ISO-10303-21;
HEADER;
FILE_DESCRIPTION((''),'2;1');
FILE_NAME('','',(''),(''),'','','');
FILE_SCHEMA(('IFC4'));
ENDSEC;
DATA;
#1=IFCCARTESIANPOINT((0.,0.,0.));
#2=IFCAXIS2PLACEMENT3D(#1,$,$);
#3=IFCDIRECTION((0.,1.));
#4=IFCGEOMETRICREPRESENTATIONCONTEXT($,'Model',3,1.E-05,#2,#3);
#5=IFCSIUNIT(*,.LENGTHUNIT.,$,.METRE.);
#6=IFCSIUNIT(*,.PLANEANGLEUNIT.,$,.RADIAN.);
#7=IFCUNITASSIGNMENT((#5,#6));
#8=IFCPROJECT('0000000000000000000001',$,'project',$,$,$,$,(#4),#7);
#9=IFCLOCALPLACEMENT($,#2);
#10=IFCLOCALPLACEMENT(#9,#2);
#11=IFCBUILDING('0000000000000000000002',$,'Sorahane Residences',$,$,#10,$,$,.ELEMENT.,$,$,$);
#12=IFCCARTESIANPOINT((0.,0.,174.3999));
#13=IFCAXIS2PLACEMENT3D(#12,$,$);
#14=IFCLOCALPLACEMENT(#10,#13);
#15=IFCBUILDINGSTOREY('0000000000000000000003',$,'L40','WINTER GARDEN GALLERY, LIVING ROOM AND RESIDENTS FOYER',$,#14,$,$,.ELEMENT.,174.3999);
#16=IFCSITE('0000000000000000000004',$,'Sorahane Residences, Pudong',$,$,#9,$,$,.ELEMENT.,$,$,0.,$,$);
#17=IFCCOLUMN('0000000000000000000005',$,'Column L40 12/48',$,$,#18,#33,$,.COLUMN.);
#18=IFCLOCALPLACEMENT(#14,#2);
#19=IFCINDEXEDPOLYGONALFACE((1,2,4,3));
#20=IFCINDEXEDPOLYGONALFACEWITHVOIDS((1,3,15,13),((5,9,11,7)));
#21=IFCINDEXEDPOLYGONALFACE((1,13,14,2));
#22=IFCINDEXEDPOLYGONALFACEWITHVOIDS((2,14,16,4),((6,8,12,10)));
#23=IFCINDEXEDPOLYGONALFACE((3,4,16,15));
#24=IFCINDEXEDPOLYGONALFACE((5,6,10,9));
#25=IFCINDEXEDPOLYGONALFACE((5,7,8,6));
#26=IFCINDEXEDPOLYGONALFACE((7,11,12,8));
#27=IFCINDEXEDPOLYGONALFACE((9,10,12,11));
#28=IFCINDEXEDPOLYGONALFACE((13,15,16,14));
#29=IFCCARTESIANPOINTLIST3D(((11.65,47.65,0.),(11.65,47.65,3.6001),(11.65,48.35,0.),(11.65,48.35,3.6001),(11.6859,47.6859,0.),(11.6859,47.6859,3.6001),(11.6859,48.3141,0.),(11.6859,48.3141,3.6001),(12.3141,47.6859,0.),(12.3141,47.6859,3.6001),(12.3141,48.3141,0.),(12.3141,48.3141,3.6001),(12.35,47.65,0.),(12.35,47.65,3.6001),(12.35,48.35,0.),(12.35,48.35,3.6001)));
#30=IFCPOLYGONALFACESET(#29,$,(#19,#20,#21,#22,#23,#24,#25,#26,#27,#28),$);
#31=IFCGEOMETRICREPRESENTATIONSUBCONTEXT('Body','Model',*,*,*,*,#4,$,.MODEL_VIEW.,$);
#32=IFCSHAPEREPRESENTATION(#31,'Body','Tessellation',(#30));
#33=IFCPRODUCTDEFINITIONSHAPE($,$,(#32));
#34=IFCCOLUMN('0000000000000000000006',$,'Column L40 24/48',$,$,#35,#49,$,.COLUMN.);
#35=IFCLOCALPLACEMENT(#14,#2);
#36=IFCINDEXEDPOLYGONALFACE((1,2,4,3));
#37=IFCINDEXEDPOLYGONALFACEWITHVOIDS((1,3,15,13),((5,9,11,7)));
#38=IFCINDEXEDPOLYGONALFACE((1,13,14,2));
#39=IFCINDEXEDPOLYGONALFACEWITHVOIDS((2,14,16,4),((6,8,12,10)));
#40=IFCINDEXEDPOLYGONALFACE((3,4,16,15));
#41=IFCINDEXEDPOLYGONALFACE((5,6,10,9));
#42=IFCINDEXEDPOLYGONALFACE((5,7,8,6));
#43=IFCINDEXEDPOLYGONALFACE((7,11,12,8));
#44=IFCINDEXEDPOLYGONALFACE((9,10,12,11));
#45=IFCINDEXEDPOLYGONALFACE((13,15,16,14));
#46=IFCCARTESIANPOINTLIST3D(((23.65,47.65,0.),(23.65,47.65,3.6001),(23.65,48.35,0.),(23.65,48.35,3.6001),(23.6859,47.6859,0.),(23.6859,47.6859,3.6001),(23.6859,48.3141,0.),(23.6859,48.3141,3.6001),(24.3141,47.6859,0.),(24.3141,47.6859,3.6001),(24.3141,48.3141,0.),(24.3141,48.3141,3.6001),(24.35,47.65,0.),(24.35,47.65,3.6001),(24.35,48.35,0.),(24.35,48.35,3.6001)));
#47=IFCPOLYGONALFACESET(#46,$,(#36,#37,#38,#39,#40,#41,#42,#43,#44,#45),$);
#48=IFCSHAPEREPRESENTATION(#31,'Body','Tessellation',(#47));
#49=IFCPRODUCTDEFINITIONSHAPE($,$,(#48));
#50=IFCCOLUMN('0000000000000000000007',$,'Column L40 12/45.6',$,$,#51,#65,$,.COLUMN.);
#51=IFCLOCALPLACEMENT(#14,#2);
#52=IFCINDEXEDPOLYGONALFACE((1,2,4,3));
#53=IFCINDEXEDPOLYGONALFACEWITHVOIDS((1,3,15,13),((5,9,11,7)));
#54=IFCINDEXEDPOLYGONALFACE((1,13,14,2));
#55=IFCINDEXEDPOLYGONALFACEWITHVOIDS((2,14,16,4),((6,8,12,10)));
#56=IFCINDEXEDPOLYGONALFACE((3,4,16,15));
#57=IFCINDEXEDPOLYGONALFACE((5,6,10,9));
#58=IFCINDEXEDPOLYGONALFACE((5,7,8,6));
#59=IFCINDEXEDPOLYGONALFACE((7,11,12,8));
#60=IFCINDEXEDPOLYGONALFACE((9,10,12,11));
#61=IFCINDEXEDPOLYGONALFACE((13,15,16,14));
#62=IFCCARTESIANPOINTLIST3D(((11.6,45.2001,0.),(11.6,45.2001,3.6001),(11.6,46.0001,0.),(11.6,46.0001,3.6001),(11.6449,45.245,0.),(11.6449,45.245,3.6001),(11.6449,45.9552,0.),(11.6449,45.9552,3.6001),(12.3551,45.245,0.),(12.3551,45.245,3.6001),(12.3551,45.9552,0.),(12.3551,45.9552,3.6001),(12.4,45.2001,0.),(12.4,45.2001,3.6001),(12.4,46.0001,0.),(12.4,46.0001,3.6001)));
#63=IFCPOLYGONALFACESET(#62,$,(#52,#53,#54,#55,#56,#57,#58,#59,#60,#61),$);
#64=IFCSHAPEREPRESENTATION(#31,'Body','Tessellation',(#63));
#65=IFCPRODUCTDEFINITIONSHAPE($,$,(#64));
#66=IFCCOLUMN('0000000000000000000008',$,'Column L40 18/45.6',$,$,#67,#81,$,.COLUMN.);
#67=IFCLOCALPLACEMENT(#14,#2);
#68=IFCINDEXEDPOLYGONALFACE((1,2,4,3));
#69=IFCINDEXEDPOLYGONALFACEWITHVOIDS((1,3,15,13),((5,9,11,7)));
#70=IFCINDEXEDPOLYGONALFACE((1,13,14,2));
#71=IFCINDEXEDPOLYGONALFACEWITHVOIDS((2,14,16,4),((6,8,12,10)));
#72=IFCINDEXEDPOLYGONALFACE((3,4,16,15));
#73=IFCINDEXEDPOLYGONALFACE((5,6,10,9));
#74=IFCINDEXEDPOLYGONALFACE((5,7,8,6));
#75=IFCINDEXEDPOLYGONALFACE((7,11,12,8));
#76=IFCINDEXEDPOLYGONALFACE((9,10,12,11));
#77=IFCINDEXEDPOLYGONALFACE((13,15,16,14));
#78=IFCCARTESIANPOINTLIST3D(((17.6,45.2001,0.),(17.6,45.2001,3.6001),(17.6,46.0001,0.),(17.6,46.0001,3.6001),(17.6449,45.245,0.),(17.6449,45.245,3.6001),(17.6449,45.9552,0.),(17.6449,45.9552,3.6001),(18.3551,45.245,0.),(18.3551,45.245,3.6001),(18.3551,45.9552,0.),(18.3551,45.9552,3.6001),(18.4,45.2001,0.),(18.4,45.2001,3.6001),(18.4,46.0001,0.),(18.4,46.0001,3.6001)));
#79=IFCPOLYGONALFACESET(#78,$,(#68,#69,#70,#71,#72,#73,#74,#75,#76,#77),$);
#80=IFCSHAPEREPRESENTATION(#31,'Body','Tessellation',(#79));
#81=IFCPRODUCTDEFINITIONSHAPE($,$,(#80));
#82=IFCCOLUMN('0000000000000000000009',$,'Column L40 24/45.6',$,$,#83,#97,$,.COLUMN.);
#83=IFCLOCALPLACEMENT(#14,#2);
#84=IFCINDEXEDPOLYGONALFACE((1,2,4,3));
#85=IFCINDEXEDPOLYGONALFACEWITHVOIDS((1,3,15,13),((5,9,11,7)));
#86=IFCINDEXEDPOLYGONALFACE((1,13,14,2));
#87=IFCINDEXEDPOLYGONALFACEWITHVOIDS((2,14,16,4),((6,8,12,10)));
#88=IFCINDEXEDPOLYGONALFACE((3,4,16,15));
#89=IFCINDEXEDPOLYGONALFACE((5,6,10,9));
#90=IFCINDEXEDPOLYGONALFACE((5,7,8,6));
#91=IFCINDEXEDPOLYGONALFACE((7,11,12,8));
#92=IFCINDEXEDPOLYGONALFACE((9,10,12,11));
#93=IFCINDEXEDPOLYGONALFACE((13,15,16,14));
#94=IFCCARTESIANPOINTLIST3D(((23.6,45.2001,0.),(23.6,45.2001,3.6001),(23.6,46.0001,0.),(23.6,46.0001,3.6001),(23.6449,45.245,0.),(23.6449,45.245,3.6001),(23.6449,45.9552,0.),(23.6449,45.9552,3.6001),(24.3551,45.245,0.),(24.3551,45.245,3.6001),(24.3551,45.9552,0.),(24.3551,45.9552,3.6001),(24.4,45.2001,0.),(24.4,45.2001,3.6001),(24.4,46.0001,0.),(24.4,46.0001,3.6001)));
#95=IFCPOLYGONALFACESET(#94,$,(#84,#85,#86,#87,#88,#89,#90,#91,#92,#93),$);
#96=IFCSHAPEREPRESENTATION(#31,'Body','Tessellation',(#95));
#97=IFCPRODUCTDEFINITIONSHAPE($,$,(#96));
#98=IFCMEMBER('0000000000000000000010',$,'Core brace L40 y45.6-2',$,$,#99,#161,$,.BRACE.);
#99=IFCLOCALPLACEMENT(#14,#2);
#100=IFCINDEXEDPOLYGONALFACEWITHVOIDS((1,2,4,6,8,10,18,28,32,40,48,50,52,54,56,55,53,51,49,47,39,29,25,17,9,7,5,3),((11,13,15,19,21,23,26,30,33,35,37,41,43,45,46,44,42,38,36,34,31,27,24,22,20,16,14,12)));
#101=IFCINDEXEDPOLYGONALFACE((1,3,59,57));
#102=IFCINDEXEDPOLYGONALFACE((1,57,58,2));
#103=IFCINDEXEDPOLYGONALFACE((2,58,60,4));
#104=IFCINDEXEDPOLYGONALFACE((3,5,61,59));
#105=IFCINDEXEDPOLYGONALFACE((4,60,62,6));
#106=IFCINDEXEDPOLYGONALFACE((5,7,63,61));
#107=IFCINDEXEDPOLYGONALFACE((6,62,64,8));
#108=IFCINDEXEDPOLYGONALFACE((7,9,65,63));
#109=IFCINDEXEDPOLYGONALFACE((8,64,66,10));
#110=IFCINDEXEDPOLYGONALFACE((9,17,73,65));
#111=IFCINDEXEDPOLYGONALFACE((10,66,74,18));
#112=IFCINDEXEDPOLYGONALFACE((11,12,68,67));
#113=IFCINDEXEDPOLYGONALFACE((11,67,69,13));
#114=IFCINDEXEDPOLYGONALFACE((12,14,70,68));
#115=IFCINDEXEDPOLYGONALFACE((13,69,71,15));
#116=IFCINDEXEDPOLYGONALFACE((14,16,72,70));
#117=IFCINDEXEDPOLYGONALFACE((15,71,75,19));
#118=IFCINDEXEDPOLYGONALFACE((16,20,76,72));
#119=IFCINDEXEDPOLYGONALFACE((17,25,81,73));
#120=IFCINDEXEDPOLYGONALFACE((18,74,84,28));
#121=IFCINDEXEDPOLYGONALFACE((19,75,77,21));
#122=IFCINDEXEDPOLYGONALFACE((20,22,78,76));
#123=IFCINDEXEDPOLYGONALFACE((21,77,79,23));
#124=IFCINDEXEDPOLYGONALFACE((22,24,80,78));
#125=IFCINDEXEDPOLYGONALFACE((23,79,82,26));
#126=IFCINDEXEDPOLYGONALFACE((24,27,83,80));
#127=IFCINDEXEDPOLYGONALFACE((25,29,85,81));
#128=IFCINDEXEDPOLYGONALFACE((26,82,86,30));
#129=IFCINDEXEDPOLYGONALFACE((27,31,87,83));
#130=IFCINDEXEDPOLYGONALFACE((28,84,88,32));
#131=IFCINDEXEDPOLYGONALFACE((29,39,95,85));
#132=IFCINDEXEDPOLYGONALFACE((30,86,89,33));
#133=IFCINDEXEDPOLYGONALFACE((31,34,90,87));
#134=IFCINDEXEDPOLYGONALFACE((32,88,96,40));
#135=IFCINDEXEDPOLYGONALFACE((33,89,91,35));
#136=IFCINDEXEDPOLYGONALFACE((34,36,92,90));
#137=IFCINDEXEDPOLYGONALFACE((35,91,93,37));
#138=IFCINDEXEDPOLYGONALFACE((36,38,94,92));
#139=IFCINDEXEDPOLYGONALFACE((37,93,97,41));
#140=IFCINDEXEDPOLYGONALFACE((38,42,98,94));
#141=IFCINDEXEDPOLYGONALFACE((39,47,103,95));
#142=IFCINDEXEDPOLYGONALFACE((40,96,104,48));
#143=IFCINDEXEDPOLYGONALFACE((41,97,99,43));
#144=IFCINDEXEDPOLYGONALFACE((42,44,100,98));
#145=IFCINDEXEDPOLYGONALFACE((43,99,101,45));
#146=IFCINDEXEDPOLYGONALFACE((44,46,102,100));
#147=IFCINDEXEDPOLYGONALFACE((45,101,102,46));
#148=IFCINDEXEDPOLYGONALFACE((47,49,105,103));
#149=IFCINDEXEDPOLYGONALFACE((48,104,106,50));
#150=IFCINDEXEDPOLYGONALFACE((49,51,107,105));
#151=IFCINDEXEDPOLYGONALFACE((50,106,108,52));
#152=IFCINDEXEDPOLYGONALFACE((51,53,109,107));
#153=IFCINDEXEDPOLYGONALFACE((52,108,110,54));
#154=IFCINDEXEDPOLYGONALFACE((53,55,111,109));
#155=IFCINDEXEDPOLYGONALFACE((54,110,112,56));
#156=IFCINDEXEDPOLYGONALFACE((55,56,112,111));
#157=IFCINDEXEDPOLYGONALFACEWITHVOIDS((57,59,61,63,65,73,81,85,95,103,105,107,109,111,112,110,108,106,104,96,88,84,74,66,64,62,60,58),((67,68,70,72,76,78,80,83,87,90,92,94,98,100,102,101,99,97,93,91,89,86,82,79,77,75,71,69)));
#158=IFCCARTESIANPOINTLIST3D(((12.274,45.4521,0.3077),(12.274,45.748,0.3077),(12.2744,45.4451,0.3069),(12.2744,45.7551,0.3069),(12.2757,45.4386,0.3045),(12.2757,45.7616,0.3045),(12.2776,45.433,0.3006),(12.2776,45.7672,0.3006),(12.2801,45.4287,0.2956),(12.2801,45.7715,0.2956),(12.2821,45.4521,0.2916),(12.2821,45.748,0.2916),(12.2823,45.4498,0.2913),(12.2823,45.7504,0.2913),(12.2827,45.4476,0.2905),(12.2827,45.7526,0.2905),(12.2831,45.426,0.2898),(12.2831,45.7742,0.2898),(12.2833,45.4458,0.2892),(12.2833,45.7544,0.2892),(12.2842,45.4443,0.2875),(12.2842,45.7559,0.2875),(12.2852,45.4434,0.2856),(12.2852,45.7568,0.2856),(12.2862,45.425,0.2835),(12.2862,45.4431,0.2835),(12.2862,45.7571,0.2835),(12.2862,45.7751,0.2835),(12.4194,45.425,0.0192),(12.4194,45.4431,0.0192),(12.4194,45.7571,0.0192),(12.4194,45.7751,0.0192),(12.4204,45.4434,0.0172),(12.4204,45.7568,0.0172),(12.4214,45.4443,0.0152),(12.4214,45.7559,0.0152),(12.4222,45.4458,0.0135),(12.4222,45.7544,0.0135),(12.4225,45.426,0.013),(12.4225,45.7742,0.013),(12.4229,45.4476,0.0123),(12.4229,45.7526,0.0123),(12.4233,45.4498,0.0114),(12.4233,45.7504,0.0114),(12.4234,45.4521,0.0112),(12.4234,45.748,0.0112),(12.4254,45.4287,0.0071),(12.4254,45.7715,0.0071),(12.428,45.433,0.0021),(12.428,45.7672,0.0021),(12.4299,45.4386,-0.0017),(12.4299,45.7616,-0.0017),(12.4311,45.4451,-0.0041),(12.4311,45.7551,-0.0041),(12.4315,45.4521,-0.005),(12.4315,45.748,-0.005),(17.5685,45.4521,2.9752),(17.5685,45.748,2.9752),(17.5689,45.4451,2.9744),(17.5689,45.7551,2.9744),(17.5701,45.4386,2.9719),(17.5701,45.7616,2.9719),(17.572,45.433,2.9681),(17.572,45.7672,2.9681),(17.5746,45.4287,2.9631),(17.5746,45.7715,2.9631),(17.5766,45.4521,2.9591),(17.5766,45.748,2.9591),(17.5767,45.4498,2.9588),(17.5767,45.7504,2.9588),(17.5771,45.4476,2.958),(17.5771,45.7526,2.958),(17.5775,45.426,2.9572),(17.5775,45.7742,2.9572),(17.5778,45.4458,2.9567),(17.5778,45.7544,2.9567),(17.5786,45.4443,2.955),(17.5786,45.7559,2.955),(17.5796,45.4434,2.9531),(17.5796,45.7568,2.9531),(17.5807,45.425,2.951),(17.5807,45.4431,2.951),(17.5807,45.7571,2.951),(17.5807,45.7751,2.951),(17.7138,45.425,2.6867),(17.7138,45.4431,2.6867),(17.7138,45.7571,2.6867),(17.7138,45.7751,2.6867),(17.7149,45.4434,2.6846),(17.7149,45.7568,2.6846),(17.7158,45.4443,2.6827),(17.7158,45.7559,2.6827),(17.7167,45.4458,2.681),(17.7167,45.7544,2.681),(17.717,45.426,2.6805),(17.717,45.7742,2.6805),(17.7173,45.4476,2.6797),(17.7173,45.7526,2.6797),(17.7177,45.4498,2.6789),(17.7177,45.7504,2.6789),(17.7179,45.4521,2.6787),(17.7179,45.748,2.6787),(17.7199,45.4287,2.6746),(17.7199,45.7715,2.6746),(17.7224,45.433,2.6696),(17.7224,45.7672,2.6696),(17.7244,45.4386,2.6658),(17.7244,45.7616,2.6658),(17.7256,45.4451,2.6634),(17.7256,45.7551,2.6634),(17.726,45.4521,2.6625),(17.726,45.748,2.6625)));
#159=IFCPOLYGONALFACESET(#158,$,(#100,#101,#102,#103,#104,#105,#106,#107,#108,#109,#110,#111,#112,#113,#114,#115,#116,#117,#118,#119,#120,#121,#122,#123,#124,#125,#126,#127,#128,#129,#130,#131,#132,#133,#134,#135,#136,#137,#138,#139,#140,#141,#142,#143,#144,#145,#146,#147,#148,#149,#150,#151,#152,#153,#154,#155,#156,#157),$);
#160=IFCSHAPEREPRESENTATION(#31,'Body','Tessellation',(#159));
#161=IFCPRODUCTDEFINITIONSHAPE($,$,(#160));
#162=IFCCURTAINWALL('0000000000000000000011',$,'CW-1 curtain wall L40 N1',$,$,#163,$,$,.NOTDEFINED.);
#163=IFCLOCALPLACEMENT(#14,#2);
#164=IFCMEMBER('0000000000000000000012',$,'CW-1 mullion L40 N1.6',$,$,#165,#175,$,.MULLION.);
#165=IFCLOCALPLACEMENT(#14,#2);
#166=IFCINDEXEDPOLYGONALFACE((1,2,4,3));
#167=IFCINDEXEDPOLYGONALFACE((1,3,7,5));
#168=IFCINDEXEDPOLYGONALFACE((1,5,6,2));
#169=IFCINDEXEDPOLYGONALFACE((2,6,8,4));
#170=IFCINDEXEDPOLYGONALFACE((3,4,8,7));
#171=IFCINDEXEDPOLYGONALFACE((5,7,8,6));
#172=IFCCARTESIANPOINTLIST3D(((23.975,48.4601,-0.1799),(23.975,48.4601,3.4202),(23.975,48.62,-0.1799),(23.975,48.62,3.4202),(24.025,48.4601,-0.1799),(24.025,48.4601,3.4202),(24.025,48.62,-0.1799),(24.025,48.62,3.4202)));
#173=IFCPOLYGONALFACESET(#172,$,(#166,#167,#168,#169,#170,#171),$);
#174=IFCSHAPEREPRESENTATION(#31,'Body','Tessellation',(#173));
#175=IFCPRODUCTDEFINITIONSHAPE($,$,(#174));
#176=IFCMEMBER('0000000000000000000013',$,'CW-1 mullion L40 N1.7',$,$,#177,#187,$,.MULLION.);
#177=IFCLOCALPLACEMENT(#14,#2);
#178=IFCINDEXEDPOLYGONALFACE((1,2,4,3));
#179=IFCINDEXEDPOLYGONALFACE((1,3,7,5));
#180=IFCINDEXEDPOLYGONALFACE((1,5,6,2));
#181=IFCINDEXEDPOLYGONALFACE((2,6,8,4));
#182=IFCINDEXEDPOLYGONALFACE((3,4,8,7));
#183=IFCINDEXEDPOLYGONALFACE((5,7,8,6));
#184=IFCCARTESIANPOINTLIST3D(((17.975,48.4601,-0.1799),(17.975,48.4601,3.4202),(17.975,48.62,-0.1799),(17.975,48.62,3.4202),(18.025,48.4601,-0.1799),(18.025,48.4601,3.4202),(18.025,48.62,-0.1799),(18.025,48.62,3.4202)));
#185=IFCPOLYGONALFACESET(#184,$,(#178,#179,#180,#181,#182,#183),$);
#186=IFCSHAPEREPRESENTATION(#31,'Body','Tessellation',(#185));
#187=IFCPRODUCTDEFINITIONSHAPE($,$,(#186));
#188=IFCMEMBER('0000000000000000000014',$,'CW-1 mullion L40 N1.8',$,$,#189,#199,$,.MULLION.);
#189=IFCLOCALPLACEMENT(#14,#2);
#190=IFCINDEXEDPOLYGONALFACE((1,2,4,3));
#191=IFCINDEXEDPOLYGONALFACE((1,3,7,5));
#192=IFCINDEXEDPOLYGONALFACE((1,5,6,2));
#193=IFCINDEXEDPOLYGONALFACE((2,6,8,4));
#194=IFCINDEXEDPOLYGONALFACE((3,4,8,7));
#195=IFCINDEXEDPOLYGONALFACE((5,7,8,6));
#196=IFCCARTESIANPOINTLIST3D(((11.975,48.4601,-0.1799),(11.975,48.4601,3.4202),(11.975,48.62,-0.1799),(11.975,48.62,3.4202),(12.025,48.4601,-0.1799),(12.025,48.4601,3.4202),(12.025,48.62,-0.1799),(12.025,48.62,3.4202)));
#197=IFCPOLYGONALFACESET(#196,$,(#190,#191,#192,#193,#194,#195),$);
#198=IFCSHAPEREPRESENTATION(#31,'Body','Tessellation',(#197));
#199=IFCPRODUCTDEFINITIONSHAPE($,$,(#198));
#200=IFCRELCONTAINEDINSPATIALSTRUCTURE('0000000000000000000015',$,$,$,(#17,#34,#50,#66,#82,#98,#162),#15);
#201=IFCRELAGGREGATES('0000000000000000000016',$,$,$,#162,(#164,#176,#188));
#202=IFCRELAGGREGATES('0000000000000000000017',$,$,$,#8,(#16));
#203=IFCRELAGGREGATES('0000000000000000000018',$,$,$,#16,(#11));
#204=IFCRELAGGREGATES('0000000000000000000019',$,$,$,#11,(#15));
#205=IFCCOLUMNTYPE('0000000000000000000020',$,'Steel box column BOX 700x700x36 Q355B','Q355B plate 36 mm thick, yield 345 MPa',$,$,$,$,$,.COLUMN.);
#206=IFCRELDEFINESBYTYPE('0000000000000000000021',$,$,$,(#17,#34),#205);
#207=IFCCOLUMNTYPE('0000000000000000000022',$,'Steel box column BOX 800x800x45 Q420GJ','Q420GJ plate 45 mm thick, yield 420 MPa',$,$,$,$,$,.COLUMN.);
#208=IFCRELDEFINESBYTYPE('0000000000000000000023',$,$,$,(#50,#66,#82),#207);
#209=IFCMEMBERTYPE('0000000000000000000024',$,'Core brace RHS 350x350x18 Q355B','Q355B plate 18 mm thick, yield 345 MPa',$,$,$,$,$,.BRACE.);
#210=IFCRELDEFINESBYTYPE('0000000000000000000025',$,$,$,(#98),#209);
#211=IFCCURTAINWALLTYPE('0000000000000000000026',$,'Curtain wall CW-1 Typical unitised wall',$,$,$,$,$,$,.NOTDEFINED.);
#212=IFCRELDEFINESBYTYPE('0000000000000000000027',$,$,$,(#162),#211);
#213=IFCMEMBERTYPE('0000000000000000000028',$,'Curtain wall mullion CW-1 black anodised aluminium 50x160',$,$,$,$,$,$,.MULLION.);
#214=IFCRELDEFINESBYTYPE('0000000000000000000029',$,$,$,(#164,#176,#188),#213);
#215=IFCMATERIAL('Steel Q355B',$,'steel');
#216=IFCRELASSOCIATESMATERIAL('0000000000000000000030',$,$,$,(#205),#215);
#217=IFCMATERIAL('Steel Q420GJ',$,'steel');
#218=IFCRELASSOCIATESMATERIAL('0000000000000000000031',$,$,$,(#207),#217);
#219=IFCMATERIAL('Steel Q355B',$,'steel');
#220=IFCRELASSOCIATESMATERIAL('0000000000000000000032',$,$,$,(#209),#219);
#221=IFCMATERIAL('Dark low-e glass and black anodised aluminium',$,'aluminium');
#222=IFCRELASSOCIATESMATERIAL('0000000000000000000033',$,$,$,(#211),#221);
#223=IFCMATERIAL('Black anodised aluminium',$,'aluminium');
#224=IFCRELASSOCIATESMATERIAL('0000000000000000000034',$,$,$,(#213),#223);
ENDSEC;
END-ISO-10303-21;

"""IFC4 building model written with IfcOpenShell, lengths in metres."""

from ifc_helpers import new_model, si_unit, direction, frame, origin, origin_2d, place, context, subcontext, project, spatial, rectangle, hollow_rectangle, extrude, material, material_profile, profile_set, type_object, element, aggregate, save


model = new_model("IFC4")

# Units and contexts
model_context = context("Model", 3, precision=1e-05, world=origin(), true_north=direction((0.0, 1.0)))
body_context = subcontext(model_context, "Body", "Model", "MODEL_VIEW")
ifc_project = project(units=[si_unit("LENGTHUNIT", "METRE"), si_unit("PLANEANGLEUNIT", "RADIAN")], contexts=[model_context])

# Site, building, storey
site_placement = place(None, origin())
site = spatial("IfcSite", under=ifc_project, at=site_placement, Name="Sorahane Residences, Pudong", CompositionType="ELEMENT", RefElevation=0.0)
building_placement = place(site_placement, origin())
building = spatial("IfcBuilding", under=site, at=building_placement, Name="Sorahane Residences", CompositionType="ELEMENT")
storey_placement = place(building_placement, frame((0.0, 0.0, 174.3999)))
storey = spatial("IfcBuildingStorey", under=building, at=storey_placement, Name="L40", Description="WINTER GARDEN GALLERY, LIVING ROOM AND RESIDENTS FOYER", CompositionType="ELEMENT", Elevation=174.3999)

# Columns
ifc_material_1 = material(Name="Steel Q355B", Category="steel")
ifc_material_profile_1 = material_profile(ifc_material_1, hollow_rectangle(XDim=0.7, YDim=0.7, WallThickness=0.0359, at=origin_2d()), Name="BOX 700x700x36")
ifc_profile_set_1 = profile_set([ifc_material_profile_1], Name="Steel Q355B")
column_type_1 = type_object("IfcColumnType", Name="Steel box column BOX 700x700x36 Q355B", Description="Q355B plate 36 mm thick, yield 345 MPa", PredefinedType="COLUMN", material=ifc_profile_set_1)
for number, where, z_axis, x_axis, name in (
    (1, (12.0, 48.0, 0.0), (0.0, 0.0, 1.0), (1.0, 0.0, 0.0), "Column L40 12/48"),
    (2, (24.0, 48.0, 0.0), (0.0, 0.0, 1.0), (1.0, 0.0, 0.0), "Column L40 24/48"),
):
    element("IfcColumn", number, at=place(storey_placement, frame(where, z_axis=z_axis, x_axis=x_axis)), inside=storey, type_object=column_type_1, Name=name, PredefinedType="COLUMN", context=body_context, shape_type="SweptSolid", body=[
        extrude(hollow_rectangle(XDim=0.7, YDim=0.7, WallThickness=0.0359, at=origin_2d()), origin(), (0.0, 0.0, 1.0), 3.6001),
    ])
ifc_material_2 = material(Name="Steel Q420GJ", Category="steel")
ifc_material_profile_2 = material_profile(ifc_material_2, hollow_rectangle(XDim=0.8, YDim=0.8, WallThickness=0.0449, at=origin_2d()), Name="BOX 800x800x45")
ifc_profile_set_2 = profile_set([ifc_material_profile_2], Name="Steel Q420GJ")
column_type_2 = type_object("IfcColumnType", Name="Steel box column BOX 800x800x45 Q420GJ", Description="Q420GJ plate 45 mm thick, yield 420 MPa", PredefinedType="COLUMN", material=ifc_profile_set_2)
for number, where, z_axis, x_axis, name in (
    (3, (12.0, 45.6001, 0.0), (0.0, 0.0, 1.0), (1.0, 0.0, 0.0), "Column L40 12/45.6"),
    (4, (18.0, 45.6001, 0.0), (0.0, 0.0, 1.0), (1.0, 0.0, 0.0), "Column L40 18/45.6"),
    (5, (24.0, 45.6001, 0.0), (0.0, 0.0, 1.0), (1.0, 0.0, 0.0), "Column L40 24/45.6"),
):
    element("IfcColumn", number, at=place(storey_placement, frame(where, z_axis=z_axis, x_axis=x_axis)), inside=storey, type_object=column_type_2, Name=name, PredefinedType="COLUMN", context=body_context, shape_type="SweptSolid", body=[
        extrude(hollow_rectangle(XDim=0.8, YDim=0.8, WallThickness=0.0449, at=origin_2d()), origin(), (0.0, 0.0, 1.0), 3.6001),
    ])

# Member
ifc_material_3 = material(Name="Steel Q355B", Category="steel")
ifc_material_profile_3 = material_profile(ifc_material_3, hollow_rectangle(XDim=0.3501, YDim=0.3501, WallThickness=0.0181, InnerFilletRadius=0.009, OuterFilletRadius=0.0271, at=origin_2d()), Name="RHS 350x350x18")
ifc_profile_set_3 = profile_set([ifc_material_profile_3], Name="Steel Q355B")
member_type_1 = type_object("IfcMemberType", Name="Core brace RHS 350x350x18 Q355B", Description="Q355B plate 18 mm thick, yield 345 MPa", PredefinedType="BRACE", material=ifc_profile_set_3)
member_1_placement = place(storey_placement, frame((12.3528, 45.6001, 0.1514), z_axis=(0.893056, 0.0, 0.449946), x_axis=(0.0, 1.0, 0.0)))
element("IfcMember", 6, at=member_1_placement, inside=storey, type_object=member_type_1, Name="Core brace L40 y45.6-2", PredefinedType="BRACE", context=body_context, shape_type="SweptSolid", body=[
    extrude(hollow_rectangle(XDim=0.3501, YDim=0.3501, WallThickness=0.0181, InnerFilletRadius=0.009, OuterFilletRadius=0.0271, at=origin_2d()), origin(), (0.0, 0.0, 1.0), 5.9285),
])

# Curtain wall, members
ifc_material_4 = material(Name="Dark low-e glass and black anodised aluminium", Category="aluminium")
curtain_wall_type = type_object("IfcCurtainWallType", Name="Curtain wall CW-1 Typical unitised wall", PredefinedType="NOTDEFINED", material=ifc_material_4)
curtain_wall_placement = place(storey_placement, origin())
curtain_wall = element("IfcCurtainWall", 7, at=curtain_wall_placement, inside=storey, type_object=curtain_wall_type, Name="CW-1 curtain wall L40 N1", PredefinedType="NOTDEFINED")
ifc_material_5 = material(Name="Black anodised aluminium", Category="aluminium")
ifc_material_profile_4 = material_profile(ifc_material_5, rectangle(XDim=0.1599, YDim=0.05, at=origin_2d()), Name="Curtain wall mullion CW-1 black anodised aluminium 50x160")
ifc_profile_set_4 = profile_set([ifc_material_profile_4], Name="Black anodised aluminium")
member_type_2 = type_object("IfcMemberType", Name="Curtain wall mullion CW-1 black anodised aluminium 50x160", PredefinedType="MULLION", material=ifc_profile_set_4)
member_2_placement = place(storey_placement, frame((24.0, 48.54, -0.1799), z_axis=(0.0, 0.0, 1.0), x_axis=(0.0, 1.0, 0.0)))
member_2 = element("IfcMember", 8, at=member_2_placement, type_object=member_type_2, Name="CW-1 mullion L40 N1.6", PredefinedType="MULLION", context=body_context, shape_type="SweptSolid", body=[
    extrude(rectangle(XDim=0.1599, YDim=0.05, at=origin_2d()), origin(), (0.0, 0.0, 1.0), 3.6001),
])
member_3_placement = place(storey_placement, frame((18.0, 48.54, -0.1799), z_axis=(0.0, 0.0, 1.0), x_axis=(0.0, 1.0, 0.0)))
member_3 = element("IfcMember", 9, at=member_3_placement, type_object=member_type_2, Name="CW-1 mullion L40 N1.7", PredefinedType="MULLION", context=body_context, shape_type="SweptSolid", body=[
    extrude(rectangle(XDim=0.1599, YDim=0.05, at=origin_2d()), origin(), (0.0, 0.0, 1.0), 3.6001),
])
member_4_placement = place(storey_placement, frame((12.0, 48.54, -0.1799), z_axis=(0.0, 0.0, 1.0), x_axis=(0.0, 1.0, 0.0)))
member_4 = element("IfcMember", 10, at=member_4_placement, type_object=member_type_2, Name="CW-1 mullion L40 N1.8", PredefinedType="MULLION", context=body_context, shape_type="SweptSolid", body=[
    extrude(rectangle(XDim=0.1599, YDim=0.05, at=origin_2d()), origin(), (0.0, 0.0, 1.0), 3.6001),
])

aggregate(curtain_wall, [member_2, member_3, member_4])

save(model, "model.ifc")
